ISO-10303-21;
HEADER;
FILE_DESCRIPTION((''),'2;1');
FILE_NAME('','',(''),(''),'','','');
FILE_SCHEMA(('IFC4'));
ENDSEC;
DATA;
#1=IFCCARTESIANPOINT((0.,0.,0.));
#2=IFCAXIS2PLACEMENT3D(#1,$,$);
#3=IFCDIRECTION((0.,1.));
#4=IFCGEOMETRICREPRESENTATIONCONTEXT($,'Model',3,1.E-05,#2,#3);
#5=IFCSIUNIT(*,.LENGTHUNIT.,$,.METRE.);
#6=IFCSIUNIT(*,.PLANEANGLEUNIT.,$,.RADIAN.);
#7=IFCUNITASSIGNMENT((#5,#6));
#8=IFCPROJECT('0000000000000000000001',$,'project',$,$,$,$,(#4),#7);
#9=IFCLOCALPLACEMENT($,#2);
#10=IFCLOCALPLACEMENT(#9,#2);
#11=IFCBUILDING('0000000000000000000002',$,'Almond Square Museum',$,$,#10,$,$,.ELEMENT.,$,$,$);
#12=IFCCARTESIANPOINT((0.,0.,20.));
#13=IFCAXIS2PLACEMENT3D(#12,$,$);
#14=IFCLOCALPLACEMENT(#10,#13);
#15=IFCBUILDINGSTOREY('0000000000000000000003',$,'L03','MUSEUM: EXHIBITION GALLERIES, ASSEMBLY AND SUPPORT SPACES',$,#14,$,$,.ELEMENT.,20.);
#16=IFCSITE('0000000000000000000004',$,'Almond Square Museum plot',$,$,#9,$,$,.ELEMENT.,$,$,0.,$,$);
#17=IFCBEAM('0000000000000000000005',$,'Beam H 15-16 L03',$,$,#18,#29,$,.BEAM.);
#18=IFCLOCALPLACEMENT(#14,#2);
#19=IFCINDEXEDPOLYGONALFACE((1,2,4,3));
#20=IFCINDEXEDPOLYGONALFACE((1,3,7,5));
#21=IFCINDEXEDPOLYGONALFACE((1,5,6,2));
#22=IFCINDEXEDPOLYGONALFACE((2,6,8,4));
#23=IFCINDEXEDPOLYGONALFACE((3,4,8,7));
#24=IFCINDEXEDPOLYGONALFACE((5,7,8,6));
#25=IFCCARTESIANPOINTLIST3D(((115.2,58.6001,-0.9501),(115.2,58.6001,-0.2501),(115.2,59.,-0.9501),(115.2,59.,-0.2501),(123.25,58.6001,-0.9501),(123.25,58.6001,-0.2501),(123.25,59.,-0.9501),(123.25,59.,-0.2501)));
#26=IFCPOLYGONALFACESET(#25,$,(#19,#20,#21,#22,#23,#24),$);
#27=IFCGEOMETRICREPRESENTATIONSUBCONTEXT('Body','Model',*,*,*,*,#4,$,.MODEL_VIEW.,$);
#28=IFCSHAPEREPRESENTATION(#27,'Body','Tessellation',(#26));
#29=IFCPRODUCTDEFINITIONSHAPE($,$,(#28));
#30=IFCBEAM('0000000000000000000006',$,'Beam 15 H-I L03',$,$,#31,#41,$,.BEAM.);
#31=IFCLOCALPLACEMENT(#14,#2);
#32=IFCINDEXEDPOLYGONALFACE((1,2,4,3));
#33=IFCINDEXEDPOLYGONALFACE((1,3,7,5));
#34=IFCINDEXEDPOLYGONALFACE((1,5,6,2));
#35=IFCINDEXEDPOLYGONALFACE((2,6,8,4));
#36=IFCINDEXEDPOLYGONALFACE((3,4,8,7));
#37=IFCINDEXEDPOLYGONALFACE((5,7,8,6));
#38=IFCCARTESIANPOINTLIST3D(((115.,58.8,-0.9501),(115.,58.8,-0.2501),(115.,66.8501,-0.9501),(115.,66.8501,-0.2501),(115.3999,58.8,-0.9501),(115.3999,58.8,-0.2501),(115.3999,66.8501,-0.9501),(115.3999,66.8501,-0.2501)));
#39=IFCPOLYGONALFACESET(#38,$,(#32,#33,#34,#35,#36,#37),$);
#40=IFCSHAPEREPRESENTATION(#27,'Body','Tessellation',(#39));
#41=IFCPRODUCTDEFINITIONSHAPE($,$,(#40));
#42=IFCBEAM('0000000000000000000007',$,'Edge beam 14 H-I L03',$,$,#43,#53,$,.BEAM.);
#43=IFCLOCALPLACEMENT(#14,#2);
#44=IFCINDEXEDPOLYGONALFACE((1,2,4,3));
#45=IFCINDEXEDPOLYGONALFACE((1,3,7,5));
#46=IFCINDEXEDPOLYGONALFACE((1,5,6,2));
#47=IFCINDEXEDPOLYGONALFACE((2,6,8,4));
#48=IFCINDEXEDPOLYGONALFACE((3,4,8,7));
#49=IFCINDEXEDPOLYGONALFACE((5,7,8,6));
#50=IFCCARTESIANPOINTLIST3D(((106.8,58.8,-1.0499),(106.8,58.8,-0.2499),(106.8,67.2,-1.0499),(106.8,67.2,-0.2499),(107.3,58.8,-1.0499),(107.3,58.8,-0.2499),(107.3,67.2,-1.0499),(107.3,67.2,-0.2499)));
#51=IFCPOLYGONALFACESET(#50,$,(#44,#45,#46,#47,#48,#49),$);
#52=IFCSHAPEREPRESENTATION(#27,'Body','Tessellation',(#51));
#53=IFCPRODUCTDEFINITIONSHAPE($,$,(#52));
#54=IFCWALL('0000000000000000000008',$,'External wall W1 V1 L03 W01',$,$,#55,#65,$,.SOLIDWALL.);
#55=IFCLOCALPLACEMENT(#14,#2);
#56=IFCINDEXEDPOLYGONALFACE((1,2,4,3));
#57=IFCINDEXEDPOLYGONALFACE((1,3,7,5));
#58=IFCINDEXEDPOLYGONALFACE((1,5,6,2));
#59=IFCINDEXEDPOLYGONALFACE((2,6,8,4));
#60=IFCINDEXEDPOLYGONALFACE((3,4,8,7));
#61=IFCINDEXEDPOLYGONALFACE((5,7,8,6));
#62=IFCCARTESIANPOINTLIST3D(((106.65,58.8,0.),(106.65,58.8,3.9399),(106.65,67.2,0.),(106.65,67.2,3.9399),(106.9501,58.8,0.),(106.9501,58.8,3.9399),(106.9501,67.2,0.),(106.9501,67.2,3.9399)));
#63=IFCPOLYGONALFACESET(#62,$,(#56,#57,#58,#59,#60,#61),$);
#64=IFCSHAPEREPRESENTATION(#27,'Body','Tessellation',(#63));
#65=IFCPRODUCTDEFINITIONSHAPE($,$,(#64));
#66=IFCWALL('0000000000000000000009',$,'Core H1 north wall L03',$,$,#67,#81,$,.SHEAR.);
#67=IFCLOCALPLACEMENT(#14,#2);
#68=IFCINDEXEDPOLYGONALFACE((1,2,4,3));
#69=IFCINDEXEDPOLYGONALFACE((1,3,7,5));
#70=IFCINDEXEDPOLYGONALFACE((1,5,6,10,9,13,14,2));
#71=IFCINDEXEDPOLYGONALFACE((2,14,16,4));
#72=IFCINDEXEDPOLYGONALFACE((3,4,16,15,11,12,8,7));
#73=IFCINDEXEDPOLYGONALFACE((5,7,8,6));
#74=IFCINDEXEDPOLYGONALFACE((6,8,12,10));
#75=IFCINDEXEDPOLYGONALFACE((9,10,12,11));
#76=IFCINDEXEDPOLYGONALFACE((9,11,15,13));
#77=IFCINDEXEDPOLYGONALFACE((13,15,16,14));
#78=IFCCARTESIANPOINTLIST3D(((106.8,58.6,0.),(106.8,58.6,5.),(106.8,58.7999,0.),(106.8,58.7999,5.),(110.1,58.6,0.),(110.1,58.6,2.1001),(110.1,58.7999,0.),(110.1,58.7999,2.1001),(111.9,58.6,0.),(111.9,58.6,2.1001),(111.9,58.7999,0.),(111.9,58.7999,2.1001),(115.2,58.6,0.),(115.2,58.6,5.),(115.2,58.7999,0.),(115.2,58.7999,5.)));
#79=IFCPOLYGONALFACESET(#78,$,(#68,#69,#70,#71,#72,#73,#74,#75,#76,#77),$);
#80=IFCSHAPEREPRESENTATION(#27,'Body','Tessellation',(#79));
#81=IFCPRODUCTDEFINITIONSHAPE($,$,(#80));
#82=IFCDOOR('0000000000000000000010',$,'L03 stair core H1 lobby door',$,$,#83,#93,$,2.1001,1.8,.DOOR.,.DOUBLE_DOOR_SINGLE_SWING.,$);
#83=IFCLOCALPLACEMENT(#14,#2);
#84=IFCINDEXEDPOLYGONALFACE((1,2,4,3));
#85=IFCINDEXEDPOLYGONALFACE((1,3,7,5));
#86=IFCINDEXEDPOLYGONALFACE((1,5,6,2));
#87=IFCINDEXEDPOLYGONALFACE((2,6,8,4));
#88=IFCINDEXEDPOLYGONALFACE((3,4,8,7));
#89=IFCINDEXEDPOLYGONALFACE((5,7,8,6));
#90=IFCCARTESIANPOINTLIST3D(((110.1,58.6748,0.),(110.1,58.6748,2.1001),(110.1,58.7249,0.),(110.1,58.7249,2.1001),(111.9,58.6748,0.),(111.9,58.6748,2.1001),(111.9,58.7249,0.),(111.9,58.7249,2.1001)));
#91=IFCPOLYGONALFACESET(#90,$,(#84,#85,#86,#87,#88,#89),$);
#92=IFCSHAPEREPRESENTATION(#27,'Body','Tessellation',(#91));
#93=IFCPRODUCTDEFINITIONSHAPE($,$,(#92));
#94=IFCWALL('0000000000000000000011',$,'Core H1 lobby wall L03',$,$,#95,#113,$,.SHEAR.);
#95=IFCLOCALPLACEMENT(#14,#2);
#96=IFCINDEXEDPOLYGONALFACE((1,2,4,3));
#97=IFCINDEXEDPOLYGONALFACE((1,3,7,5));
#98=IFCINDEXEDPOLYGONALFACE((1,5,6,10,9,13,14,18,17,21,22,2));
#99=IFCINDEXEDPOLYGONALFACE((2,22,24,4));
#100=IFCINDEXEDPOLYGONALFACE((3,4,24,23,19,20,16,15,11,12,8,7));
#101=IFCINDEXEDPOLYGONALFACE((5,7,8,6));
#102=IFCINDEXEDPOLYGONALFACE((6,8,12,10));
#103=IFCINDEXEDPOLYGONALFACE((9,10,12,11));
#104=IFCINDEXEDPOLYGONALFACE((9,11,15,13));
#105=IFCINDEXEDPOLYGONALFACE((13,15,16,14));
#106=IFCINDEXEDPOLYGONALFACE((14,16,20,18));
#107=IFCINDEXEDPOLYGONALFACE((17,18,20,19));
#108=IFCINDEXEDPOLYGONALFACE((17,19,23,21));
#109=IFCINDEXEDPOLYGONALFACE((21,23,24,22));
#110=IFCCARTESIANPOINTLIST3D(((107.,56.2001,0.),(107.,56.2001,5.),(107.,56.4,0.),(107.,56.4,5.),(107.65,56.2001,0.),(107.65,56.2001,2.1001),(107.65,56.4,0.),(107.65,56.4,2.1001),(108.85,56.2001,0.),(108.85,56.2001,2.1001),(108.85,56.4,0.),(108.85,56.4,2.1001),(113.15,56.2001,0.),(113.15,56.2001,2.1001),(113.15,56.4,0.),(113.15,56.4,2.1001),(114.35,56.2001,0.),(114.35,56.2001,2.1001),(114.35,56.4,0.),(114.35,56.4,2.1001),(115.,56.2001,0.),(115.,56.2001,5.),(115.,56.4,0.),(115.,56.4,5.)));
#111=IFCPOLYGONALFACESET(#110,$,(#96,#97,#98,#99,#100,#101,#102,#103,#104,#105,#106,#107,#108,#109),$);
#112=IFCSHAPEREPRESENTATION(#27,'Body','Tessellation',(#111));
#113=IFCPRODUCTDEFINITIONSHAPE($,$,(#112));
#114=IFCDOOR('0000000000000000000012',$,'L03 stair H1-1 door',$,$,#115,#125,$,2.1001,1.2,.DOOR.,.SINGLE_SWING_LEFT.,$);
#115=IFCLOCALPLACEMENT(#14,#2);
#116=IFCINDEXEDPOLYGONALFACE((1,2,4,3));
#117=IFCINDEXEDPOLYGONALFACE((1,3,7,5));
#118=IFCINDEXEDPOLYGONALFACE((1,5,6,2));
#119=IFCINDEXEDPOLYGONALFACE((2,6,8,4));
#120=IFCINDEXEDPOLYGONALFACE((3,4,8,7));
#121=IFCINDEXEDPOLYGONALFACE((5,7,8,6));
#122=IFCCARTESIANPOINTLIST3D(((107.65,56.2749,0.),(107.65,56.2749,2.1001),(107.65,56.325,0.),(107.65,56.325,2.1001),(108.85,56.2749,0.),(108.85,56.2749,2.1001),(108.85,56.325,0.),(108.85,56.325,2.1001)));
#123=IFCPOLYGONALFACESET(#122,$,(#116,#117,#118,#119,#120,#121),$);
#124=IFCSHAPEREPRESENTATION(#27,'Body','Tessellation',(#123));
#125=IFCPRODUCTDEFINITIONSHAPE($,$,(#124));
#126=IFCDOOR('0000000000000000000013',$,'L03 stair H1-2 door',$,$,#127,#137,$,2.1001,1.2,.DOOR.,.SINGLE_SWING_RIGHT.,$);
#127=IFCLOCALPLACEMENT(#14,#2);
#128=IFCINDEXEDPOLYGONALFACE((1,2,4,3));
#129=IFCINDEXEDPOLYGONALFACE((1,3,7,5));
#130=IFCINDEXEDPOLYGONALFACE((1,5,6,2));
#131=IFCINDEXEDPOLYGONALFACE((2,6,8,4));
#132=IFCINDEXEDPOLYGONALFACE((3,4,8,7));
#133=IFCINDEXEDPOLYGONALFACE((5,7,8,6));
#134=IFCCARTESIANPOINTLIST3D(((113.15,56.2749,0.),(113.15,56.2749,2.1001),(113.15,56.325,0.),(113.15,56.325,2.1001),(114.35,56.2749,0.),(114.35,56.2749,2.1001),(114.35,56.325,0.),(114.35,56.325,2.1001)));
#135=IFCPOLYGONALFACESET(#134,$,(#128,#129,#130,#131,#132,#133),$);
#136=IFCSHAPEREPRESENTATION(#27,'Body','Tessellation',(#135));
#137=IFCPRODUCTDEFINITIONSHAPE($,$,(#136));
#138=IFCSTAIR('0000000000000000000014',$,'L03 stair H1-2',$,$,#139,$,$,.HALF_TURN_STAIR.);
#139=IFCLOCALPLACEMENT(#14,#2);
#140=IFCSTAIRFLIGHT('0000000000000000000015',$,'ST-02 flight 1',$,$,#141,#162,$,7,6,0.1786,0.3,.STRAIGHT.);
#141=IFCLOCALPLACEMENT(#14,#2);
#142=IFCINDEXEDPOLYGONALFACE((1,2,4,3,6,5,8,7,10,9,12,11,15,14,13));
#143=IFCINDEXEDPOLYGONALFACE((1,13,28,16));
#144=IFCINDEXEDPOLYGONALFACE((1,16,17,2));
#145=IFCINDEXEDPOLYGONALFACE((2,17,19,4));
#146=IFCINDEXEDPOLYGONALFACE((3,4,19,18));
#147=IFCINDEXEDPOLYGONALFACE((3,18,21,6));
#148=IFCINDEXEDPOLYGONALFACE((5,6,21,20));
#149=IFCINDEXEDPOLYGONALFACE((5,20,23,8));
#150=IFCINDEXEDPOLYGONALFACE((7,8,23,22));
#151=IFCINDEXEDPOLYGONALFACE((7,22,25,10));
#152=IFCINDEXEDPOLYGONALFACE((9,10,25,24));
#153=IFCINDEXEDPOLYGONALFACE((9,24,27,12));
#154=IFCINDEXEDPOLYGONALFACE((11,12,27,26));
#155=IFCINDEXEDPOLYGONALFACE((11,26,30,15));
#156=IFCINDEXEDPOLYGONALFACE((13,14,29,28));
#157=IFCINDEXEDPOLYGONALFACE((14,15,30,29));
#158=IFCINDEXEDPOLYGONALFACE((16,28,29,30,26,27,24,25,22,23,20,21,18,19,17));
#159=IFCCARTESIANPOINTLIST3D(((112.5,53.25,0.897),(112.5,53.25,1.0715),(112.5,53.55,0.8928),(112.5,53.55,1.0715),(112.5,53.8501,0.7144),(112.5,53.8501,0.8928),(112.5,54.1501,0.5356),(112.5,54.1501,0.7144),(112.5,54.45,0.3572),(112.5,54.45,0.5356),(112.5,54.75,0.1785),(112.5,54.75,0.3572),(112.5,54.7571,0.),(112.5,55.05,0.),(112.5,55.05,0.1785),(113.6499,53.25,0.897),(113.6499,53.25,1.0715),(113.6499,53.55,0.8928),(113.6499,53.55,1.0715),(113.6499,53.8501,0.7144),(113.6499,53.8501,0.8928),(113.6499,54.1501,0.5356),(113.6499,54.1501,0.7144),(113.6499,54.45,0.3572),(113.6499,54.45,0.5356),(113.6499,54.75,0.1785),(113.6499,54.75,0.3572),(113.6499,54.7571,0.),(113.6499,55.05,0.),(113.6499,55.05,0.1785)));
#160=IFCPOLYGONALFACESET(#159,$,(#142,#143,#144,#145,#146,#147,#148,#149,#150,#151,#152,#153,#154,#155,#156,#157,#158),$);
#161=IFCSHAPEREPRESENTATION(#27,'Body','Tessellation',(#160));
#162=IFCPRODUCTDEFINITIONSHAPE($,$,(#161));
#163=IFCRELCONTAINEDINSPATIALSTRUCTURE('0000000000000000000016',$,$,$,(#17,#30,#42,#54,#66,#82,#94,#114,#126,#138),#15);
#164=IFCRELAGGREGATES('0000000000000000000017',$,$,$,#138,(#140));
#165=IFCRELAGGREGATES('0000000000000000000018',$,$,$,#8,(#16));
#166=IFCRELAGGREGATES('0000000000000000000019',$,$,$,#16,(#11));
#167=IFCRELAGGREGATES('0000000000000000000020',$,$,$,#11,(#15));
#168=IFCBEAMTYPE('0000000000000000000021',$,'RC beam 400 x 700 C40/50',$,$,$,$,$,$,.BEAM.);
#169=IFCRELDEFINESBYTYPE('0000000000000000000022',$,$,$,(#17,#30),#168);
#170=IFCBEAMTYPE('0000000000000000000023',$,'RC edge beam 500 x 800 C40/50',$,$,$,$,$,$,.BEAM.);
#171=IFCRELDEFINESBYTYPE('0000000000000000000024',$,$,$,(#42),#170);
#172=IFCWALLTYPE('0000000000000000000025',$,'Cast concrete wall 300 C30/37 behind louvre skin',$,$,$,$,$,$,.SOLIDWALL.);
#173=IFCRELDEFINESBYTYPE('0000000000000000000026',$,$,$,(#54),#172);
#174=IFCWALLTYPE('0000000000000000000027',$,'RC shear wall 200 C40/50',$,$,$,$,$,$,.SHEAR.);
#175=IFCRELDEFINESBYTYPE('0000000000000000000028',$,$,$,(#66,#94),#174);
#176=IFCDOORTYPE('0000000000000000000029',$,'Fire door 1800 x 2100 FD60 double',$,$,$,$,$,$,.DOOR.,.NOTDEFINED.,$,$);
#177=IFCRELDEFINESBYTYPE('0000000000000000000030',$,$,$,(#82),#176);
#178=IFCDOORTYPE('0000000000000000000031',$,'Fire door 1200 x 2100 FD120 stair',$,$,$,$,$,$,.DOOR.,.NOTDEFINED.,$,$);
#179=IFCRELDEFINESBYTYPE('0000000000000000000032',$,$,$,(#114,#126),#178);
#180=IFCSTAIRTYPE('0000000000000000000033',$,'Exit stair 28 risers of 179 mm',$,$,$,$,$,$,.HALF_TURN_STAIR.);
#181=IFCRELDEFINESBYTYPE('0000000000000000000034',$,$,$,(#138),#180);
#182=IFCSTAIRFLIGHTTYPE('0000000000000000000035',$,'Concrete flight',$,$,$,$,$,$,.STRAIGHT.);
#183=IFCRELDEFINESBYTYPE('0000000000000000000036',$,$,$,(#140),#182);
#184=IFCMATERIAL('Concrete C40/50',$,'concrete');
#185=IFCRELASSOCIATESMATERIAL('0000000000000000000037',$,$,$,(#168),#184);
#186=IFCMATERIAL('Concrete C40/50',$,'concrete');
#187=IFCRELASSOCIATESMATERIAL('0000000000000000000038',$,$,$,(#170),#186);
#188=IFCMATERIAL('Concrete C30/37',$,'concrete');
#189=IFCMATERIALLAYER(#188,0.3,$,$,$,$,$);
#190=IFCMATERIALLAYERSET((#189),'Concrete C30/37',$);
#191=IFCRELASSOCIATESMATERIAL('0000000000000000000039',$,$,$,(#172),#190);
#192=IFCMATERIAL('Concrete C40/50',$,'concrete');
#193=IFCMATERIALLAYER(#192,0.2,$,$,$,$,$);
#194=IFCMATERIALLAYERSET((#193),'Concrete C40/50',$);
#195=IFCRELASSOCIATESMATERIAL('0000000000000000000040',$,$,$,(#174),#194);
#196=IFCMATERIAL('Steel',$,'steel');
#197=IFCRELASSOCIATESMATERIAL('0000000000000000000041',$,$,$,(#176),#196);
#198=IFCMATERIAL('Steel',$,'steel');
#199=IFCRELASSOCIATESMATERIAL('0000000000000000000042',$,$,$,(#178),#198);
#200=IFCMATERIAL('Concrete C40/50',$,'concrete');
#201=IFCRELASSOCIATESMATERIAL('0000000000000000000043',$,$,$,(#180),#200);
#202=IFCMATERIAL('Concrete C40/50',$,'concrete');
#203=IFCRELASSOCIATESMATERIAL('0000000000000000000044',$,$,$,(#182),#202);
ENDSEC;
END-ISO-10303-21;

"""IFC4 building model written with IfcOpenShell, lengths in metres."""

from ifc_helpers import new_model, si_unit, direction, frame, frame_2d, origin, origin_2d, place, context, subcontext, project, spatial, polyline, rectangle, outline, extrude, material, layer, layer_set, material_profile, profile_set, type_object, element, fill, aggregate, save


model = new_model("IFC4")

# Units and contexts
model_context = context("Model", 3, precision=1e-05, world=origin(), true_north=direction((0.0, 1.0)))
body_context = subcontext(model_context, "Body", "Model", "MODEL_VIEW")
ifc_project = project(units=[si_unit("LENGTHUNIT", "METRE"), si_unit("PLANEANGLEUNIT", "RADIAN")], contexts=[model_context])

# Site, building, storey
site_placement = place(None, origin())
site = spatial("IfcSite", under=ifc_project, at=site_placement, Name="Almond Square Museum plot", CompositionType="ELEMENT", RefElevation=0.0)
building_placement = place(site_placement, origin())
building = spatial("IfcBuilding", under=site, at=building_placement, Name="Almond Square Museum", CompositionType="ELEMENT")
storey_placement = place(building_placement, frame((0.0, 0.0, 20.0)))
storey = spatial("IfcBuildingStorey", under=building, at=storey_placement, Name="L03", Description="MUSEUM: EXHIBITION GALLERIES, ASSEMBLY AND SUPPORT SPACES", CompositionType="ELEMENT", Elevation=20.0)

# Beams
ifc_material_1 = material(Name="Concrete C40/50", Category="concrete")
ifc_material_profile_1 = material_profile(ifc_material_1, rectangle(XDim=0.3999, YDim=0.7, at=origin_2d()))
ifc_profile_set_1 = profile_set([ifc_material_profile_1], Name="Concrete C40/50")
beam_type_1 = type_object("IfcBeamType", Name="RC beam 400 x 700 C40/50", PredefinedType="BEAM", material=ifc_profile_set_1)
for number, where, z_axis, x_axis, name in (
    (1, (115.2, 58.8, -0.6001), (1.0, 0.0, 0.0), (0.0, 1.0, 0.0), "Beam H 15-16 L03"),
    (2, (115.2, 58.8, -0.6001), (0.0, 1.0, 0.0), (-1.0, 0.0, 0.0), "Beam 15 H-I L03"),
):
    element("IfcBeam", number, at=place(storey_placement, frame(where, z_axis=z_axis, x_axis=x_axis)), inside=storey, type_object=beam_type_1, Name=name, PredefinedType="BEAM", context=body_context, shape_type="SweptSolid", body=[
        extrude(rectangle(XDim=0.3999, YDim=0.7, at=origin_2d()), origin(), (0.0, 0.0, 1.0), 8.05),
    ])
ifc_material_2 = material(Name="Concrete C40/50", Category="concrete")
ifc_material_profile_2 = material_profile(ifc_material_2, rectangle(XDim=0.5, YDim=0.8, at=origin_2d()))
ifc_profile_set_2 = profile_set([ifc_material_profile_2], Name="Concrete C40/50")
beam_type_2 = type_object("IfcBeamType", Name="RC edge beam 500 x 800 C40/50", PredefinedType="BEAM", material=ifc_profile_set_2)
beam_placement = place(storey_placement, frame((107.05, 58.8, -0.6499), z_axis=(0.0, 1.0, 0.0), x_axis=(-1.0, 0.0, 0.0)))
element("IfcBeam", 3, at=beam_placement, inside=storey, type_object=beam_type_2, Name="Edge beam 14 H-I L03", PredefinedType="BEAM", context=body_context, shape_type="SweptSolid", body=[
    extrude(rectangle(XDim=0.5, YDim=0.8, at=origin_2d()), origin(), (0.0, 0.0, 1.0), 8.3999),
])

# Wall
ifc_material_3 = material(Name="Concrete C30/37", Category="concrete")
ifc_layer_1 = layer(ifc_material_3, 0.3)
ifc_layer_set_1 = layer_set([ifc_layer_1], Name="Concrete C30/37")
wall_type_1 = type_object("IfcWallType", Name="Cast concrete wall 300 C30/37 behind louvre skin", PredefinedType="SOLIDWALL", material=ifc_layer_set_1)
wall_1_placement = place(storey_placement, frame((106.8, 58.8, 0.0), z_axis=(0.0, 0.0, 1.0), x_axis=(0.0, 1.0, 0.0)))
element("IfcWall", 4, at=wall_1_placement, inside=storey, type_object=wall_type_1, Name="External wall W1 V1 L03 W01", PredefinedType="SOLIDWALL", context=body_context, shape_type="SweptSolid", body=[
    extrude(rectangle(XDim=8.3999, YDim=0.3, at=frame_2d((4.2, 0.0))), origin(), (0.0, 0.0, 1.0), 3.9399),
])

# Wall, opening, door
ifc_material_4 = material(Name="Concrete C40/50", Category="concrete")
ifc_layer_2 = layer(ifc_material_4, 0.2)
ifc_layer_set_2 = layer_set([ifc_layer_2], Name="Concrete C40/50")
wall_type_2 = type_object("IfcWallType", Name="RC shear wall 200 C40/50", PredefinedType="SHEAR", material=ifc_layer_set_2)
wall_2_placement = place(storey_placement, frame((106.8, 58.7, 0.0), z_axis=(0.0, 0.0, 1.0), x_axis=(1.0, 0.0, 0.0)))
wall_2 = element("IfcWall", 5, at=wall_2_placement, inside=storey, type_object=wall_type_2, Name="Core H1 north wall L03", PredefinedType="SHEAR", context=body_context, shape_type="SweptSolid", body=[
    extrude(rectangle(XDim=8.3999, YDim=0.2, at=frame_2d((4.2, 0.0))), origin(), (0.0, 0.0, 1.0), 5.0),
])
opening_1_placement = place(wall_2_placement, frame((3.3, 0.0, 0.0)))
opening_1 = element("IfcOpeningElement", 6, at=opening_1_placement, cuts=wall_2, PredefinedType="OPENING", context=body_context, shape_type="SweptSolid", body=[
    extrude(rectangle(XDim=1.8, YDim=2.1001, at=frame_2d((0.8999, 1.05))), frame((0.0, 0.1099, 0.0), z_axis=(0.0, -1.0, 0.0), x_axis=(1.0, 0.0, 0.0)), (0.0, 0.0, 1.0), 0.22),
])
ifc_material_5 = material(Name="Steel", Category="steel")
door_type_1 = type_object("IfcDoorType", Name="Fire door 1800 x 2100 FD60 double", OperationType="NOTDEFINED", PredefinedType="DOOR", material=ifc_material_5)
door_1_placement = place(opening_1_placement, origin())
door_1 = element("IfcDoor", 7, at=door_1_placement, inside=storey, type_object=door_type_1, Name="L03 stair core H1 lobby door", OperationType="DOUBLE_DOOR_SINGLE_SWING", OverallHeight=2.1001, OverallWidth=1.8, PredefinedType="DOOR", context=body_context, shape_type="SweptSolid", body=[
    extrude(rectangle(XDim=1.8, YDim=2.1001, at=frame_2d((0.8999, 1.05))), frame((0.0, 0.0249, 0.0), z_axis=(0.0, -1.0, 0.0), x_axis=(1.0, 0.0, 0.0)), (0.0, 0.0, 1.0), 0.05),
])
fill(opening_1, door_1)

# Wall, openings, doors
wall_3_placement = place(storey_placement, frame((107.0, 56.3, 0.0), z_axis=(0.0, 0.0, 1.0), x_axis=(1.0, 0.0, 0.0)))
wall_3 = element("IfcWall", 8, at=wall_3_placement, inside=storey, type_object=wall_type_2, Name="Core H1 lobby wall L03", PredefinedType="SHEAR", context=body_context, shape_type="SweptSolid", body=[
    extrude(rectangle(XDim=8.0, YDim=0.2, at=frame_2d((4.0, 0.0))), origin(), (0.0, 0.0, 1.0), 5.0),
])
opening_2_placement = place(wall_3_placement, frame((0.6499, 0.0, 0.0)))
opening_2 = element("IfcOpeningElement", 9, at=opening_2_placement, cuts=wall_3, PredefinedType="OPENING", context=body_context, shape_type="SweptSolid", body=[
    extrude(rectangle(XDim=1.2, YDim=2.1001, at=frame_2d((0.6001, 1.05))), frame((0.0, 0.1099, 0.0), z_axis=(0.0, -1.0, 0.0), x_axis=(1.0, 0.0, 0.0)), (0.0, 0.0, 1.0), 0.22),
])
opening_3_placement = place(wall_3_placement, frame((6.1499, 0.0, 0.0)))
opening_3 = element("IfcOpeningElement", 10, at=opening_3_placement, cuts=wall_3, PredefinedType="OPENING", context=body_context, shape_type="SweptSolid", body=[
    extrude(rectangle(XDim=1.2, YDim=2.1001, at=frame_2d((0.6001, 1.05))), frame((0.0, 0.1099, 0.0), z_axis=(0.0, -1.0, 0.0), x_axis=(1.0, 0.0, 0.0)), (0.0, 0.0, 1.0), 0.22),
])
ifc_material_6 = material(Name="Steel", Category="steel")
door_type_2 = type_object("IfcDoorType", Name="Fire door 1200 x 2100 FD120 stair", OperationType="NOTDEFINED", PredefinedType="DOOR", material=ifc_material_6)
door_2_placement = place(opening_2_placement, origin())
door_2 = element("IfcDoor", 11, at=door_2_placement, inside=storey, type_object=door_type_2, Name="L03 stair H1-1 door", OperationType="SINGLE_SWING_LEFT", OverallHeight=2.1001, OverallWidth=1.2, PredefinedType="DOOR", context=body_context, shape_type="SweptSolid", body=[
    extrude(rectangle(XDim=1.2, YDim=2.1001, at=frame_2d((0.6001, 1.05))), frame((0.0, 0.0249, 0.0), z_axis=(0.0, -1.0, 0.0), x_axis=(1.0, 0.0, 0.0)), (0.0, 0.0, 1.0), 0.05),
])
fill(opening_2, door_2)
door_3_placement = place(opening_3_placement, origin())
door_3 = element("IfcDoor", 12, at=door_3_placement, inside=storey, type_object=door_type_2, Name="L03 stair H1-2 door", OperationType="SINGLE_SWING_RIGHT", OverallHeight=2.1001, OverallWidth=1.2, PredefinedType="DOOR", context=body_context, shape_type="SweptSolid", body=[
    extrude(rectangle(XDim=1.2, YDim=2.1001, at=frame_2d((0.6001, 1.05))), frame((0.0, 0.0249, 0.0), z_axis=(0.0, -1.0, 0.0), x_axis=(1.0, 0.0, 0.0)), (0.0, 0.0, 1.0), 0.05),
])
fill(opening_3, door_3)

# Stair, stair flight
ifc_material_7 = material(Name="Concrete C40/50", Category="concrete")
stair_type = type_object("IfcStairType", Name="Exit stair 28 risers of 179 mm", PredefinedType="HALF_TURN_STAIR", material=ifc_material_7)
stair_placement = place(storey_placement, origin())
stair = element("IfcStair", 13, at=stair_placement, inside=storey, type_object=stair_type, Name="L03 stair H1-2", PredefinedType="HALF_TURN_STAIR")
ifc_material_8 = material(Name="Concrete C40/50", Category="concrete")
stair_flight_type = type_object("IfcStairFlightType", Name="Concrete flight", PredefinedType="STRAIGHT", material=ifc_material_8)
stair_flight_1_placement = place(storey_placement, frame((113.075, 55.05, 0.0), z_axis=(0.0, 0.0, 1.0), x_axis=(0.0, -1.0, 0.0)))
stair_flight_1 = element("IfcStairFlight", 14, at=stair_flight_1_placement, type_object=stair_flight_type, Name="ST-02 flight 1", NumberOfRisers=7, NumberOfTreads=6, PredefinedType="STRAIGHT", RiserHeight=0.1786, TreadLength=0.3, context=body_context, shape_type="SweptSolid", body=[
    extrude(outline(polyline([(0.0, 0.0), (0.0, 0.1785), (0.3, 0.1785), (0.3, 0.3572), (0.6001, 0.3572), (0.6001, 0.5356), (0.8999, 0.5356), (0.8999, 0.7144), (1.2, 0.7144), (1.2, 0.8928), (1.5, 0.8928), (1.5, 1.0715), (1.8, 1.0715), (1.8, 1.25), (1.8, 0.897), (0.293, 0.0), (0.0, 0.0)])), frame((0.0, 0.575, 0.0), z_axis=(0.0, -1.0, 0.0), x_axis=(1.0, 0.0, 0.0)), (0.0, 0.0, 1.0), 1.1499),
])
aggregate(stair, [stair_flight_1])

save(model, "model.ifc")
